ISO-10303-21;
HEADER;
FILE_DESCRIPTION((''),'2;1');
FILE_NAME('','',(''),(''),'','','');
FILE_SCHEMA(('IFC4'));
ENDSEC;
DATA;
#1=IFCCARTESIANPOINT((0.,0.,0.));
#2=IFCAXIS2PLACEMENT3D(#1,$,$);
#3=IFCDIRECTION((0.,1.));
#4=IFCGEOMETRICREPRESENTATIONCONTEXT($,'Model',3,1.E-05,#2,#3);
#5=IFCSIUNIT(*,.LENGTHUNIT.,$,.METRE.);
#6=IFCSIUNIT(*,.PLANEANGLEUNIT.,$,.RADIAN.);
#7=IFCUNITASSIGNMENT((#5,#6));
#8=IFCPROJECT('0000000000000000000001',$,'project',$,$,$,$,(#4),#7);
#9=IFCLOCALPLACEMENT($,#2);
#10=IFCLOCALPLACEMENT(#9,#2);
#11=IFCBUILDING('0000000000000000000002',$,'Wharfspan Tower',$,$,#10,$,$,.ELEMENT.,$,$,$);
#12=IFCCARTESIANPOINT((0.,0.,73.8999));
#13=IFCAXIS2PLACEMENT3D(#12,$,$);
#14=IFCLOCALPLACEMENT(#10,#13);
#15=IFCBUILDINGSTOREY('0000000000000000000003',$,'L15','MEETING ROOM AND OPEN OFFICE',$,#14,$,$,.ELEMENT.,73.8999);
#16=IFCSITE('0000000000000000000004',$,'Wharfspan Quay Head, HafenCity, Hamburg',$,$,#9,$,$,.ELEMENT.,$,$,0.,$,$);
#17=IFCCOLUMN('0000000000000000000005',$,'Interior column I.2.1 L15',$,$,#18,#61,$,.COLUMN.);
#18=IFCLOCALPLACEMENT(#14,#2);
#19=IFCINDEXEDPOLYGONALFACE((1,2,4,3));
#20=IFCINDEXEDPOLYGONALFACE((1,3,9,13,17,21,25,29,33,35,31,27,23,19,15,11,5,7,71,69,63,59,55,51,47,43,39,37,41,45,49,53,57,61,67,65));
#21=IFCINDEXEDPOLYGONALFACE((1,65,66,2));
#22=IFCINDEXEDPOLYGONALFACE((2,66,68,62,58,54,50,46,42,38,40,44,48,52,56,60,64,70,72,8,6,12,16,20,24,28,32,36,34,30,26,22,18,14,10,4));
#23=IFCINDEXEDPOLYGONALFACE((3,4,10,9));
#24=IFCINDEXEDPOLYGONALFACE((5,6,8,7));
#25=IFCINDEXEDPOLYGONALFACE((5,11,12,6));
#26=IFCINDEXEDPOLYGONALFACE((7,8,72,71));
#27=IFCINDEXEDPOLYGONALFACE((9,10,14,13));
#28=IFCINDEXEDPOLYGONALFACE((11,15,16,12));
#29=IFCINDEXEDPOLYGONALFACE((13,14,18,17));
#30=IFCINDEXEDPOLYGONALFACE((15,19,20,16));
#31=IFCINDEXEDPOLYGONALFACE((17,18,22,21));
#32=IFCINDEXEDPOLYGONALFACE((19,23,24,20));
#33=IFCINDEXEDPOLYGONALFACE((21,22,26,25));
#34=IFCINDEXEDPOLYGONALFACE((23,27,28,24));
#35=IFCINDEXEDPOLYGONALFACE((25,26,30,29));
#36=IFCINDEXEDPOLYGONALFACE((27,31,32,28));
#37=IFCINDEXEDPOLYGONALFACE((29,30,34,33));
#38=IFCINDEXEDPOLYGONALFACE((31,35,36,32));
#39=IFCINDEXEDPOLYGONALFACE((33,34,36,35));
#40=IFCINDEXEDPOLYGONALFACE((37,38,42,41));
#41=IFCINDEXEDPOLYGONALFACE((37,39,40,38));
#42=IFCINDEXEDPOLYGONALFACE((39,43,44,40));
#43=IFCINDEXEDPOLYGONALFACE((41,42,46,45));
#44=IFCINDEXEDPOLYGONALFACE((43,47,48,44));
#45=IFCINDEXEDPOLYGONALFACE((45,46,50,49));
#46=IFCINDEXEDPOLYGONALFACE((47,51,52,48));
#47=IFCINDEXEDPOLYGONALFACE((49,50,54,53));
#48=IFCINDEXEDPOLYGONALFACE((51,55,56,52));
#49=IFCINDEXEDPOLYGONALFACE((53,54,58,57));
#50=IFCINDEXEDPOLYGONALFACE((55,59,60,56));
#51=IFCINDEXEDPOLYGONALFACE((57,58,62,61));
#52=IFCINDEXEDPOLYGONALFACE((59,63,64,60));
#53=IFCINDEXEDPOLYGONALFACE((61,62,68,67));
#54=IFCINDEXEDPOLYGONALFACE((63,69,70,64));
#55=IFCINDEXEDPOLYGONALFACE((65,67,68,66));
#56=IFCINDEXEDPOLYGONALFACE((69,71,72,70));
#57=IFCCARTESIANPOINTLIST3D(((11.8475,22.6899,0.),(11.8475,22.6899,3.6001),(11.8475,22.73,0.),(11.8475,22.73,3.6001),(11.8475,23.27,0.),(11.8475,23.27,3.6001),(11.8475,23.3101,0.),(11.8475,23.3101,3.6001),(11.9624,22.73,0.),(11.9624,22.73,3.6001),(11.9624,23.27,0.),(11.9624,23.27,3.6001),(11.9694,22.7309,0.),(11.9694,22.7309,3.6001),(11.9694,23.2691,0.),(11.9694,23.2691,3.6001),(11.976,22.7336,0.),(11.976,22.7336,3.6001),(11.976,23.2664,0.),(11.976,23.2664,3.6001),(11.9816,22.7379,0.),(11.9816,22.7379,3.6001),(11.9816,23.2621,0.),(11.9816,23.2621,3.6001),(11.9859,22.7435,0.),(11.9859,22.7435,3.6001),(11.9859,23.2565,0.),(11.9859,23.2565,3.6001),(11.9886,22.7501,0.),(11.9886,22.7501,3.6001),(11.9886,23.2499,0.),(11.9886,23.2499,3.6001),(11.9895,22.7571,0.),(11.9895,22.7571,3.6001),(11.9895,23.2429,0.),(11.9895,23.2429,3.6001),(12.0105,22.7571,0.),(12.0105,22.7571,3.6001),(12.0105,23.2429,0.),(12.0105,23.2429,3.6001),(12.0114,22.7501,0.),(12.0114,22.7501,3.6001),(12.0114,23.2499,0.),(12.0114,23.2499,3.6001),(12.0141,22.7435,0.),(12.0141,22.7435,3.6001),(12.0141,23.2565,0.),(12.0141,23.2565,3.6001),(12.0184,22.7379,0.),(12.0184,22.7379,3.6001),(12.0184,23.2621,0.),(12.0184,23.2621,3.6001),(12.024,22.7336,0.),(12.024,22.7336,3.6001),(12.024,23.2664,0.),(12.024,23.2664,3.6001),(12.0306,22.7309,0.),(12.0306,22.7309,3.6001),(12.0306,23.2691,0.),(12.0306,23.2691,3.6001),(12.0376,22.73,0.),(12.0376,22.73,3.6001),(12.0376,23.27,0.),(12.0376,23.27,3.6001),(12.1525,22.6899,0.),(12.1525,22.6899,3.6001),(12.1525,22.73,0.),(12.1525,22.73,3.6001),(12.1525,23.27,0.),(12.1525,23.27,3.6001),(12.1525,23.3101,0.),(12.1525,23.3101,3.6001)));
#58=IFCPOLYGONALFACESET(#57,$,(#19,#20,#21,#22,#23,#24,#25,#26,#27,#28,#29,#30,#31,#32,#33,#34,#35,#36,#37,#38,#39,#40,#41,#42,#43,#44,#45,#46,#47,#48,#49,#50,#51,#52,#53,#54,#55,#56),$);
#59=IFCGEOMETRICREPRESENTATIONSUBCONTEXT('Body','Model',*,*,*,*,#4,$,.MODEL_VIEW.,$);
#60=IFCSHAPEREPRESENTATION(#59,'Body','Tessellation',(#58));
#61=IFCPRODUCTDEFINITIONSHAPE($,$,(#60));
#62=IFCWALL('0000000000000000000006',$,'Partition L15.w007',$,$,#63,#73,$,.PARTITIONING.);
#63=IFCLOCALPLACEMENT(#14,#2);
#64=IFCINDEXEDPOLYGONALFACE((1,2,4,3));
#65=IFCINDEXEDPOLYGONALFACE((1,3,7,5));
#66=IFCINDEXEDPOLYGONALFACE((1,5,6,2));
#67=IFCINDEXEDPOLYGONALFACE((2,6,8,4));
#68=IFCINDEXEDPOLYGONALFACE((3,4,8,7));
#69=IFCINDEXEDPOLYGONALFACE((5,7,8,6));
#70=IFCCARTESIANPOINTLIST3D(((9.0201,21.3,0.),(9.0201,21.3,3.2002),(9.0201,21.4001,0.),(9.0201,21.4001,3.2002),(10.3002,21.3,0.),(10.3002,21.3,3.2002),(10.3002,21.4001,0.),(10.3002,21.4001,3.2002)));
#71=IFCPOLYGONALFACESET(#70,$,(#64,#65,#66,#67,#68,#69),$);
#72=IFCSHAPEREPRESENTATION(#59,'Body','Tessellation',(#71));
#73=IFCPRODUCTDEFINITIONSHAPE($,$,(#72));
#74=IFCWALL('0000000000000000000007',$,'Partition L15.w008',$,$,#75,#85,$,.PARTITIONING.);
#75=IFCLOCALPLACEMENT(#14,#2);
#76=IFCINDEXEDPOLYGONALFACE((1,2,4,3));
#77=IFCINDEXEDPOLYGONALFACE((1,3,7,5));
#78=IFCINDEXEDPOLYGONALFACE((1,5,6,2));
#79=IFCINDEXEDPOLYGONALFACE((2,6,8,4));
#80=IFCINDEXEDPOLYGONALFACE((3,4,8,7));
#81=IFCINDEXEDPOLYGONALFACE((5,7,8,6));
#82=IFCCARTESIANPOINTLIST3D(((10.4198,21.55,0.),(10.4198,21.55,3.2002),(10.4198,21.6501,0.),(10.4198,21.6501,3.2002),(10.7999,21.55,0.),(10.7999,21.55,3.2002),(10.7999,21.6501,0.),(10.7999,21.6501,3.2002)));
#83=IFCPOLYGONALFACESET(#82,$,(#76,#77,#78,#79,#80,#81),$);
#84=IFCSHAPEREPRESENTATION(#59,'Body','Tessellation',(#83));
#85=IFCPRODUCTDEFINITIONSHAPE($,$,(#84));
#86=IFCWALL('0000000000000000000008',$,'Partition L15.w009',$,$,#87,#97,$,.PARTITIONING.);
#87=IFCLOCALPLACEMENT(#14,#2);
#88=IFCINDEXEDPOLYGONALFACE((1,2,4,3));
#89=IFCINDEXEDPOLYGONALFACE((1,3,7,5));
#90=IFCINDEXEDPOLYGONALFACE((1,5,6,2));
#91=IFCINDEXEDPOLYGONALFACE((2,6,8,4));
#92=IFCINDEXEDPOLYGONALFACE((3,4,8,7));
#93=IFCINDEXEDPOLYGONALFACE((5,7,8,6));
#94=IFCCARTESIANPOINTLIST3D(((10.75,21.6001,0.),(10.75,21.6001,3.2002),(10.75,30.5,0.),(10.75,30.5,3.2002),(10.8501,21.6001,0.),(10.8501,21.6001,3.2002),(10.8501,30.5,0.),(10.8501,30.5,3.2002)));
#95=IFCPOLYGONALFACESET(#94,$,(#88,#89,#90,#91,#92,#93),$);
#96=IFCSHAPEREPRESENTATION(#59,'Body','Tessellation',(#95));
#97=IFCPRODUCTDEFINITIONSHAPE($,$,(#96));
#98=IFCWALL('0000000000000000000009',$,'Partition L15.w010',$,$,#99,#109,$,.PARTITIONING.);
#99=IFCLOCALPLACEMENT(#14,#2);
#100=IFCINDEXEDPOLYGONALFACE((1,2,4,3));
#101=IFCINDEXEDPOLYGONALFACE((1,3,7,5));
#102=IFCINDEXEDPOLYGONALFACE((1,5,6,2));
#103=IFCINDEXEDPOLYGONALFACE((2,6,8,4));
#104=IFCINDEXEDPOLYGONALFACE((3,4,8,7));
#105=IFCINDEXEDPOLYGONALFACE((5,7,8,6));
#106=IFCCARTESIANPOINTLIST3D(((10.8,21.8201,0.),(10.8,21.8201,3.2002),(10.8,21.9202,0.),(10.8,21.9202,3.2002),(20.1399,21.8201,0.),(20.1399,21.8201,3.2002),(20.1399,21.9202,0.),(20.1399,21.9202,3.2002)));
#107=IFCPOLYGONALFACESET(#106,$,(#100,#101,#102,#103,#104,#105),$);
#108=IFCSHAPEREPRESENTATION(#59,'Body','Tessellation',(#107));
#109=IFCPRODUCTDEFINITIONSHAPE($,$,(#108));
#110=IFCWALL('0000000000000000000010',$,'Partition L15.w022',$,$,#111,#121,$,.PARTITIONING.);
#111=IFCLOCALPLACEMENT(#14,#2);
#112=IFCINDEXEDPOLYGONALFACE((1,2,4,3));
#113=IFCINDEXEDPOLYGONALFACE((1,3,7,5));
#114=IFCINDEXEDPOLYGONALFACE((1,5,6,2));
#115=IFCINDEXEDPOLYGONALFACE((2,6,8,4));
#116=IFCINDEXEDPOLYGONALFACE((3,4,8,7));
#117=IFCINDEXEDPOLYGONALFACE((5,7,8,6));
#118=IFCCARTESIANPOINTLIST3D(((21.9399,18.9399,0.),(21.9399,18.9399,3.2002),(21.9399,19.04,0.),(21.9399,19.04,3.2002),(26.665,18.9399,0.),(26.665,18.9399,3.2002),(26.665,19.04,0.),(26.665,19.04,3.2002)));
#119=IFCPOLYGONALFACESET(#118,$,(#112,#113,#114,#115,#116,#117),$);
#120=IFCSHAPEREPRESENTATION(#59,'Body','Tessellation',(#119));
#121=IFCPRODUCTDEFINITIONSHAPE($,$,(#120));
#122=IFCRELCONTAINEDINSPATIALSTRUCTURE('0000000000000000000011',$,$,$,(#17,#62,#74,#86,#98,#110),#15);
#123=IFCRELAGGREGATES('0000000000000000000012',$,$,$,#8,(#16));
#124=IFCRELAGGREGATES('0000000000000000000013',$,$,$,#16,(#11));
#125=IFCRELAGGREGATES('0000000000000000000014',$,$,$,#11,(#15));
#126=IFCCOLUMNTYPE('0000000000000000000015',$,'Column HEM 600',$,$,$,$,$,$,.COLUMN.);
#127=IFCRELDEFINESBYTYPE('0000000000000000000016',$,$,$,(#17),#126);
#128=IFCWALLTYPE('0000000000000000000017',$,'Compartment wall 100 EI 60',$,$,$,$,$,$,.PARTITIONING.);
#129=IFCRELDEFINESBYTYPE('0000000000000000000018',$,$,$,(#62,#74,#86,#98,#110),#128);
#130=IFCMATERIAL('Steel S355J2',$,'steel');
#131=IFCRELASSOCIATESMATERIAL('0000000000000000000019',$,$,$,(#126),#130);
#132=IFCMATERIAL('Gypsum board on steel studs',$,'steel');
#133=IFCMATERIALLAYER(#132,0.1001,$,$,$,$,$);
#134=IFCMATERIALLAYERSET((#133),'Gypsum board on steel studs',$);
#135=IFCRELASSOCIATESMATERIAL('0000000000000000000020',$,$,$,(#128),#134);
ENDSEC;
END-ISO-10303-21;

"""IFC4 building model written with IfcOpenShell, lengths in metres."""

from ifc_helpers import new_model, si_unit, direction, frame, frame_2d, origin, origin_2d, place, context, subcontext, project, spatial, rectangle, i_section, extrude, material, layer, layer_set, material_profile, profile_set, type_object, element, save


model = new_model("IFC4")

# Units and contexts
model_context = context("Model", 3, precision=1e-05, world=origin(), true_north=direction((0.0, 1.0)))
body_context = subcontext(model_context, "Body", "Model", "MODEL_VIEW")
ifc_project = project(units=[si_unit("LENGTHUNIT", "METRE"), si_unit("PLANEANGLEUNIT", "RADIAN")], contexts=[model_context])

# Site, building, storey
site_placement = place(None, origin())
site = spatial("IfcSite", under=ifc_project, at=site_placement, Name="Wharfspan Quay Head, HafenCity, Hamburg", CompositionType="ELEMENT", RefElevation=0.0)
building_placement = place(site_placement, origin())
building = spatial("IfcBuilding", under=site, at=building_placement, Name="Wharfspan Tower", CompositionType="ELEMENT")
storey_placement = place(building_placement, frame((0.0, 0.0, 73.8999)))
storey = spatial("IfcBuildingStorey", under=building, at=storey_placement, Name="L15", Description="MEETING ROOM AND OPEN OFFICE", CompositionType="ELEMENT", Elevation=73.8999)

# Column
ifc_material_1 = material(Name="Steel S355J2", Category="steel")
ifc_material_profile = material_profile(ifc_material_1, i_section(OverallWidth=0.3049, OverallDepth=0.6201, WebThickness=0.021, FlangeThickness=0.04, FilletRadius=0.0271, at=origin_2d()))
ifc_profile_set = profile_set([ifc_material_profile], Name="Steel S355J2")
column_type = type_object("IfcColumnType", Name="Column HEM 600", PredefinedType="COLUMN", material=ifc_profile_set)
column_placement = place(storey_placement, frame((12.0, 23.0, 0.0), z_axis=(0.0, 0.0, 1.0), x_axis=(1.0, 0.0, 0.0)))
element("IfcColumn", 1, at=column_placement, inside=storey, type_object=column_type, Name="Interior column I.2.1 L15", PredefinedType="COLUMN", context=body_context, shape_type="SweptSolid", body=[
    extrude(i_section(OverallWidth=0.3049, OverallDepth=0.6201, WebThickness=0.021, FlangeThickness=0.04, FilletRadius=0.0271, at=origin_2d()), origin(), (0.0, 0.0, 1.0), 3.6001),
])

# Walls
ifc_material_2 = material(Name="Gypsum board on steel studs", Category="steel")
ifc_layer = layer(ifc_material_2, 0.1001)
ifc_layer_set = layer_set([ifc_layer], Name="Gypsum board on steel studs")
wall_type = type_object("IfcWallType", Name="Compartment wall 100 EI 60", PredefinedType="PARTITIONING", material=ifc_layer_set)
wall_1_placement = place(storey_placement, frame((9.02, 21.3501, 0.0), z_axis=(0.0, 0.0, 1.0), x_axis=(1.0, 0.0, 0.0)))
element("IfcWall", 2, at=wall_1_placement, inside=storey, type_object=wall_type, Name="Partition L15.w007", PredefinedType="PARTITIONING", context=body_context, shape_type="SweptSolid", body=[
    extrude(rectangle(XDim=1.28, YDim=0.1001, at=frame_2d((0.6401, 0.0))), origin(), (0.0, 0.0, 1.0), 3.2002),
])
wall_2_placement = place(storey_placement, frame((10.4199, 21.6001, 0.0), z_axis=(0.0, 0.0, 1.0), x_axis=(1.0, 0.0, 0.0)))
element("IfcWall", 3, at=wall_2_placement, inside=storey, type_object=wall_type, Name="Partition L15.w008", PredefinedType="PARTITIONING", context=body_context, shape_type="SweptSolid", body=[
    extrude(rectangle(XDim=0.3801, YDim=0.1001, at=frame_2d((0.1899, 0.0))), origin(), (0.0, 0.0, 1.0), 3.2002),
])
wall_3_placement = place(storey_placement, frame((10.8, 21.6001, 0.0), z_axis=(0.0, 0.0, 1.0), x_axis=(0.0, 1.0, 0.0)))
element("IfcWall", 4, at=wall_3_placement, inside=storey, type_object=wall_type, Name="Partition L15.w009", PredefinedType="PARTITIONING", context=body_context, shape_type="SweptSolid", body=[
    extrude(rectangle(XDim=8.8999, YDim=0.1001, at=frame_2d((4.45, 0.0))), origin(), (0.0, 0.0, 1.0), 3.2002),
])
wall_4_placement = place(storey_placement, frame((10.8, 21.8701, 0.0), z_axis=(0.0, 0.0, 1.0), x_axis=(1.0, 0.0, 0.0)))
element("IfcWall", 5, at=wall_4_placement, inside=storey, type_object=wall_type, Name="Partition L15.w010", PredefinedType="PARTITIONING", context=body_context, shape_type="SweptSolid", body=[
    extrude(rectangle(XDim=9.3398, YDim=0.1001, at=frame_2d((4.6699, 0.0))), origin(), (0.0, 0.0, 1.0), 3.2002),
])
wall_5_placement = place(storey_placement, frame((21.9399, 18.99, 0.0), z_axis=(0.0, 0.0, 1.0), x_axis=(1.0, 0.0, 0.0)))
element("IfcWall", 6, at=wall_5_placement, inside=storey, type_object=wall_type, Name="Partition L15.w022", PredefinedType="PARTITIONING", context=body_context, shape_type="SweptSolid", body=[
    extrude(rectangle(XDim=4.7251, YDim=0.1001, at=frame_2d((2.3625, 0.0))), origin(), (0.0, 0.0, 1.0), 3.2002),
])

save(model, "model.ifc")
